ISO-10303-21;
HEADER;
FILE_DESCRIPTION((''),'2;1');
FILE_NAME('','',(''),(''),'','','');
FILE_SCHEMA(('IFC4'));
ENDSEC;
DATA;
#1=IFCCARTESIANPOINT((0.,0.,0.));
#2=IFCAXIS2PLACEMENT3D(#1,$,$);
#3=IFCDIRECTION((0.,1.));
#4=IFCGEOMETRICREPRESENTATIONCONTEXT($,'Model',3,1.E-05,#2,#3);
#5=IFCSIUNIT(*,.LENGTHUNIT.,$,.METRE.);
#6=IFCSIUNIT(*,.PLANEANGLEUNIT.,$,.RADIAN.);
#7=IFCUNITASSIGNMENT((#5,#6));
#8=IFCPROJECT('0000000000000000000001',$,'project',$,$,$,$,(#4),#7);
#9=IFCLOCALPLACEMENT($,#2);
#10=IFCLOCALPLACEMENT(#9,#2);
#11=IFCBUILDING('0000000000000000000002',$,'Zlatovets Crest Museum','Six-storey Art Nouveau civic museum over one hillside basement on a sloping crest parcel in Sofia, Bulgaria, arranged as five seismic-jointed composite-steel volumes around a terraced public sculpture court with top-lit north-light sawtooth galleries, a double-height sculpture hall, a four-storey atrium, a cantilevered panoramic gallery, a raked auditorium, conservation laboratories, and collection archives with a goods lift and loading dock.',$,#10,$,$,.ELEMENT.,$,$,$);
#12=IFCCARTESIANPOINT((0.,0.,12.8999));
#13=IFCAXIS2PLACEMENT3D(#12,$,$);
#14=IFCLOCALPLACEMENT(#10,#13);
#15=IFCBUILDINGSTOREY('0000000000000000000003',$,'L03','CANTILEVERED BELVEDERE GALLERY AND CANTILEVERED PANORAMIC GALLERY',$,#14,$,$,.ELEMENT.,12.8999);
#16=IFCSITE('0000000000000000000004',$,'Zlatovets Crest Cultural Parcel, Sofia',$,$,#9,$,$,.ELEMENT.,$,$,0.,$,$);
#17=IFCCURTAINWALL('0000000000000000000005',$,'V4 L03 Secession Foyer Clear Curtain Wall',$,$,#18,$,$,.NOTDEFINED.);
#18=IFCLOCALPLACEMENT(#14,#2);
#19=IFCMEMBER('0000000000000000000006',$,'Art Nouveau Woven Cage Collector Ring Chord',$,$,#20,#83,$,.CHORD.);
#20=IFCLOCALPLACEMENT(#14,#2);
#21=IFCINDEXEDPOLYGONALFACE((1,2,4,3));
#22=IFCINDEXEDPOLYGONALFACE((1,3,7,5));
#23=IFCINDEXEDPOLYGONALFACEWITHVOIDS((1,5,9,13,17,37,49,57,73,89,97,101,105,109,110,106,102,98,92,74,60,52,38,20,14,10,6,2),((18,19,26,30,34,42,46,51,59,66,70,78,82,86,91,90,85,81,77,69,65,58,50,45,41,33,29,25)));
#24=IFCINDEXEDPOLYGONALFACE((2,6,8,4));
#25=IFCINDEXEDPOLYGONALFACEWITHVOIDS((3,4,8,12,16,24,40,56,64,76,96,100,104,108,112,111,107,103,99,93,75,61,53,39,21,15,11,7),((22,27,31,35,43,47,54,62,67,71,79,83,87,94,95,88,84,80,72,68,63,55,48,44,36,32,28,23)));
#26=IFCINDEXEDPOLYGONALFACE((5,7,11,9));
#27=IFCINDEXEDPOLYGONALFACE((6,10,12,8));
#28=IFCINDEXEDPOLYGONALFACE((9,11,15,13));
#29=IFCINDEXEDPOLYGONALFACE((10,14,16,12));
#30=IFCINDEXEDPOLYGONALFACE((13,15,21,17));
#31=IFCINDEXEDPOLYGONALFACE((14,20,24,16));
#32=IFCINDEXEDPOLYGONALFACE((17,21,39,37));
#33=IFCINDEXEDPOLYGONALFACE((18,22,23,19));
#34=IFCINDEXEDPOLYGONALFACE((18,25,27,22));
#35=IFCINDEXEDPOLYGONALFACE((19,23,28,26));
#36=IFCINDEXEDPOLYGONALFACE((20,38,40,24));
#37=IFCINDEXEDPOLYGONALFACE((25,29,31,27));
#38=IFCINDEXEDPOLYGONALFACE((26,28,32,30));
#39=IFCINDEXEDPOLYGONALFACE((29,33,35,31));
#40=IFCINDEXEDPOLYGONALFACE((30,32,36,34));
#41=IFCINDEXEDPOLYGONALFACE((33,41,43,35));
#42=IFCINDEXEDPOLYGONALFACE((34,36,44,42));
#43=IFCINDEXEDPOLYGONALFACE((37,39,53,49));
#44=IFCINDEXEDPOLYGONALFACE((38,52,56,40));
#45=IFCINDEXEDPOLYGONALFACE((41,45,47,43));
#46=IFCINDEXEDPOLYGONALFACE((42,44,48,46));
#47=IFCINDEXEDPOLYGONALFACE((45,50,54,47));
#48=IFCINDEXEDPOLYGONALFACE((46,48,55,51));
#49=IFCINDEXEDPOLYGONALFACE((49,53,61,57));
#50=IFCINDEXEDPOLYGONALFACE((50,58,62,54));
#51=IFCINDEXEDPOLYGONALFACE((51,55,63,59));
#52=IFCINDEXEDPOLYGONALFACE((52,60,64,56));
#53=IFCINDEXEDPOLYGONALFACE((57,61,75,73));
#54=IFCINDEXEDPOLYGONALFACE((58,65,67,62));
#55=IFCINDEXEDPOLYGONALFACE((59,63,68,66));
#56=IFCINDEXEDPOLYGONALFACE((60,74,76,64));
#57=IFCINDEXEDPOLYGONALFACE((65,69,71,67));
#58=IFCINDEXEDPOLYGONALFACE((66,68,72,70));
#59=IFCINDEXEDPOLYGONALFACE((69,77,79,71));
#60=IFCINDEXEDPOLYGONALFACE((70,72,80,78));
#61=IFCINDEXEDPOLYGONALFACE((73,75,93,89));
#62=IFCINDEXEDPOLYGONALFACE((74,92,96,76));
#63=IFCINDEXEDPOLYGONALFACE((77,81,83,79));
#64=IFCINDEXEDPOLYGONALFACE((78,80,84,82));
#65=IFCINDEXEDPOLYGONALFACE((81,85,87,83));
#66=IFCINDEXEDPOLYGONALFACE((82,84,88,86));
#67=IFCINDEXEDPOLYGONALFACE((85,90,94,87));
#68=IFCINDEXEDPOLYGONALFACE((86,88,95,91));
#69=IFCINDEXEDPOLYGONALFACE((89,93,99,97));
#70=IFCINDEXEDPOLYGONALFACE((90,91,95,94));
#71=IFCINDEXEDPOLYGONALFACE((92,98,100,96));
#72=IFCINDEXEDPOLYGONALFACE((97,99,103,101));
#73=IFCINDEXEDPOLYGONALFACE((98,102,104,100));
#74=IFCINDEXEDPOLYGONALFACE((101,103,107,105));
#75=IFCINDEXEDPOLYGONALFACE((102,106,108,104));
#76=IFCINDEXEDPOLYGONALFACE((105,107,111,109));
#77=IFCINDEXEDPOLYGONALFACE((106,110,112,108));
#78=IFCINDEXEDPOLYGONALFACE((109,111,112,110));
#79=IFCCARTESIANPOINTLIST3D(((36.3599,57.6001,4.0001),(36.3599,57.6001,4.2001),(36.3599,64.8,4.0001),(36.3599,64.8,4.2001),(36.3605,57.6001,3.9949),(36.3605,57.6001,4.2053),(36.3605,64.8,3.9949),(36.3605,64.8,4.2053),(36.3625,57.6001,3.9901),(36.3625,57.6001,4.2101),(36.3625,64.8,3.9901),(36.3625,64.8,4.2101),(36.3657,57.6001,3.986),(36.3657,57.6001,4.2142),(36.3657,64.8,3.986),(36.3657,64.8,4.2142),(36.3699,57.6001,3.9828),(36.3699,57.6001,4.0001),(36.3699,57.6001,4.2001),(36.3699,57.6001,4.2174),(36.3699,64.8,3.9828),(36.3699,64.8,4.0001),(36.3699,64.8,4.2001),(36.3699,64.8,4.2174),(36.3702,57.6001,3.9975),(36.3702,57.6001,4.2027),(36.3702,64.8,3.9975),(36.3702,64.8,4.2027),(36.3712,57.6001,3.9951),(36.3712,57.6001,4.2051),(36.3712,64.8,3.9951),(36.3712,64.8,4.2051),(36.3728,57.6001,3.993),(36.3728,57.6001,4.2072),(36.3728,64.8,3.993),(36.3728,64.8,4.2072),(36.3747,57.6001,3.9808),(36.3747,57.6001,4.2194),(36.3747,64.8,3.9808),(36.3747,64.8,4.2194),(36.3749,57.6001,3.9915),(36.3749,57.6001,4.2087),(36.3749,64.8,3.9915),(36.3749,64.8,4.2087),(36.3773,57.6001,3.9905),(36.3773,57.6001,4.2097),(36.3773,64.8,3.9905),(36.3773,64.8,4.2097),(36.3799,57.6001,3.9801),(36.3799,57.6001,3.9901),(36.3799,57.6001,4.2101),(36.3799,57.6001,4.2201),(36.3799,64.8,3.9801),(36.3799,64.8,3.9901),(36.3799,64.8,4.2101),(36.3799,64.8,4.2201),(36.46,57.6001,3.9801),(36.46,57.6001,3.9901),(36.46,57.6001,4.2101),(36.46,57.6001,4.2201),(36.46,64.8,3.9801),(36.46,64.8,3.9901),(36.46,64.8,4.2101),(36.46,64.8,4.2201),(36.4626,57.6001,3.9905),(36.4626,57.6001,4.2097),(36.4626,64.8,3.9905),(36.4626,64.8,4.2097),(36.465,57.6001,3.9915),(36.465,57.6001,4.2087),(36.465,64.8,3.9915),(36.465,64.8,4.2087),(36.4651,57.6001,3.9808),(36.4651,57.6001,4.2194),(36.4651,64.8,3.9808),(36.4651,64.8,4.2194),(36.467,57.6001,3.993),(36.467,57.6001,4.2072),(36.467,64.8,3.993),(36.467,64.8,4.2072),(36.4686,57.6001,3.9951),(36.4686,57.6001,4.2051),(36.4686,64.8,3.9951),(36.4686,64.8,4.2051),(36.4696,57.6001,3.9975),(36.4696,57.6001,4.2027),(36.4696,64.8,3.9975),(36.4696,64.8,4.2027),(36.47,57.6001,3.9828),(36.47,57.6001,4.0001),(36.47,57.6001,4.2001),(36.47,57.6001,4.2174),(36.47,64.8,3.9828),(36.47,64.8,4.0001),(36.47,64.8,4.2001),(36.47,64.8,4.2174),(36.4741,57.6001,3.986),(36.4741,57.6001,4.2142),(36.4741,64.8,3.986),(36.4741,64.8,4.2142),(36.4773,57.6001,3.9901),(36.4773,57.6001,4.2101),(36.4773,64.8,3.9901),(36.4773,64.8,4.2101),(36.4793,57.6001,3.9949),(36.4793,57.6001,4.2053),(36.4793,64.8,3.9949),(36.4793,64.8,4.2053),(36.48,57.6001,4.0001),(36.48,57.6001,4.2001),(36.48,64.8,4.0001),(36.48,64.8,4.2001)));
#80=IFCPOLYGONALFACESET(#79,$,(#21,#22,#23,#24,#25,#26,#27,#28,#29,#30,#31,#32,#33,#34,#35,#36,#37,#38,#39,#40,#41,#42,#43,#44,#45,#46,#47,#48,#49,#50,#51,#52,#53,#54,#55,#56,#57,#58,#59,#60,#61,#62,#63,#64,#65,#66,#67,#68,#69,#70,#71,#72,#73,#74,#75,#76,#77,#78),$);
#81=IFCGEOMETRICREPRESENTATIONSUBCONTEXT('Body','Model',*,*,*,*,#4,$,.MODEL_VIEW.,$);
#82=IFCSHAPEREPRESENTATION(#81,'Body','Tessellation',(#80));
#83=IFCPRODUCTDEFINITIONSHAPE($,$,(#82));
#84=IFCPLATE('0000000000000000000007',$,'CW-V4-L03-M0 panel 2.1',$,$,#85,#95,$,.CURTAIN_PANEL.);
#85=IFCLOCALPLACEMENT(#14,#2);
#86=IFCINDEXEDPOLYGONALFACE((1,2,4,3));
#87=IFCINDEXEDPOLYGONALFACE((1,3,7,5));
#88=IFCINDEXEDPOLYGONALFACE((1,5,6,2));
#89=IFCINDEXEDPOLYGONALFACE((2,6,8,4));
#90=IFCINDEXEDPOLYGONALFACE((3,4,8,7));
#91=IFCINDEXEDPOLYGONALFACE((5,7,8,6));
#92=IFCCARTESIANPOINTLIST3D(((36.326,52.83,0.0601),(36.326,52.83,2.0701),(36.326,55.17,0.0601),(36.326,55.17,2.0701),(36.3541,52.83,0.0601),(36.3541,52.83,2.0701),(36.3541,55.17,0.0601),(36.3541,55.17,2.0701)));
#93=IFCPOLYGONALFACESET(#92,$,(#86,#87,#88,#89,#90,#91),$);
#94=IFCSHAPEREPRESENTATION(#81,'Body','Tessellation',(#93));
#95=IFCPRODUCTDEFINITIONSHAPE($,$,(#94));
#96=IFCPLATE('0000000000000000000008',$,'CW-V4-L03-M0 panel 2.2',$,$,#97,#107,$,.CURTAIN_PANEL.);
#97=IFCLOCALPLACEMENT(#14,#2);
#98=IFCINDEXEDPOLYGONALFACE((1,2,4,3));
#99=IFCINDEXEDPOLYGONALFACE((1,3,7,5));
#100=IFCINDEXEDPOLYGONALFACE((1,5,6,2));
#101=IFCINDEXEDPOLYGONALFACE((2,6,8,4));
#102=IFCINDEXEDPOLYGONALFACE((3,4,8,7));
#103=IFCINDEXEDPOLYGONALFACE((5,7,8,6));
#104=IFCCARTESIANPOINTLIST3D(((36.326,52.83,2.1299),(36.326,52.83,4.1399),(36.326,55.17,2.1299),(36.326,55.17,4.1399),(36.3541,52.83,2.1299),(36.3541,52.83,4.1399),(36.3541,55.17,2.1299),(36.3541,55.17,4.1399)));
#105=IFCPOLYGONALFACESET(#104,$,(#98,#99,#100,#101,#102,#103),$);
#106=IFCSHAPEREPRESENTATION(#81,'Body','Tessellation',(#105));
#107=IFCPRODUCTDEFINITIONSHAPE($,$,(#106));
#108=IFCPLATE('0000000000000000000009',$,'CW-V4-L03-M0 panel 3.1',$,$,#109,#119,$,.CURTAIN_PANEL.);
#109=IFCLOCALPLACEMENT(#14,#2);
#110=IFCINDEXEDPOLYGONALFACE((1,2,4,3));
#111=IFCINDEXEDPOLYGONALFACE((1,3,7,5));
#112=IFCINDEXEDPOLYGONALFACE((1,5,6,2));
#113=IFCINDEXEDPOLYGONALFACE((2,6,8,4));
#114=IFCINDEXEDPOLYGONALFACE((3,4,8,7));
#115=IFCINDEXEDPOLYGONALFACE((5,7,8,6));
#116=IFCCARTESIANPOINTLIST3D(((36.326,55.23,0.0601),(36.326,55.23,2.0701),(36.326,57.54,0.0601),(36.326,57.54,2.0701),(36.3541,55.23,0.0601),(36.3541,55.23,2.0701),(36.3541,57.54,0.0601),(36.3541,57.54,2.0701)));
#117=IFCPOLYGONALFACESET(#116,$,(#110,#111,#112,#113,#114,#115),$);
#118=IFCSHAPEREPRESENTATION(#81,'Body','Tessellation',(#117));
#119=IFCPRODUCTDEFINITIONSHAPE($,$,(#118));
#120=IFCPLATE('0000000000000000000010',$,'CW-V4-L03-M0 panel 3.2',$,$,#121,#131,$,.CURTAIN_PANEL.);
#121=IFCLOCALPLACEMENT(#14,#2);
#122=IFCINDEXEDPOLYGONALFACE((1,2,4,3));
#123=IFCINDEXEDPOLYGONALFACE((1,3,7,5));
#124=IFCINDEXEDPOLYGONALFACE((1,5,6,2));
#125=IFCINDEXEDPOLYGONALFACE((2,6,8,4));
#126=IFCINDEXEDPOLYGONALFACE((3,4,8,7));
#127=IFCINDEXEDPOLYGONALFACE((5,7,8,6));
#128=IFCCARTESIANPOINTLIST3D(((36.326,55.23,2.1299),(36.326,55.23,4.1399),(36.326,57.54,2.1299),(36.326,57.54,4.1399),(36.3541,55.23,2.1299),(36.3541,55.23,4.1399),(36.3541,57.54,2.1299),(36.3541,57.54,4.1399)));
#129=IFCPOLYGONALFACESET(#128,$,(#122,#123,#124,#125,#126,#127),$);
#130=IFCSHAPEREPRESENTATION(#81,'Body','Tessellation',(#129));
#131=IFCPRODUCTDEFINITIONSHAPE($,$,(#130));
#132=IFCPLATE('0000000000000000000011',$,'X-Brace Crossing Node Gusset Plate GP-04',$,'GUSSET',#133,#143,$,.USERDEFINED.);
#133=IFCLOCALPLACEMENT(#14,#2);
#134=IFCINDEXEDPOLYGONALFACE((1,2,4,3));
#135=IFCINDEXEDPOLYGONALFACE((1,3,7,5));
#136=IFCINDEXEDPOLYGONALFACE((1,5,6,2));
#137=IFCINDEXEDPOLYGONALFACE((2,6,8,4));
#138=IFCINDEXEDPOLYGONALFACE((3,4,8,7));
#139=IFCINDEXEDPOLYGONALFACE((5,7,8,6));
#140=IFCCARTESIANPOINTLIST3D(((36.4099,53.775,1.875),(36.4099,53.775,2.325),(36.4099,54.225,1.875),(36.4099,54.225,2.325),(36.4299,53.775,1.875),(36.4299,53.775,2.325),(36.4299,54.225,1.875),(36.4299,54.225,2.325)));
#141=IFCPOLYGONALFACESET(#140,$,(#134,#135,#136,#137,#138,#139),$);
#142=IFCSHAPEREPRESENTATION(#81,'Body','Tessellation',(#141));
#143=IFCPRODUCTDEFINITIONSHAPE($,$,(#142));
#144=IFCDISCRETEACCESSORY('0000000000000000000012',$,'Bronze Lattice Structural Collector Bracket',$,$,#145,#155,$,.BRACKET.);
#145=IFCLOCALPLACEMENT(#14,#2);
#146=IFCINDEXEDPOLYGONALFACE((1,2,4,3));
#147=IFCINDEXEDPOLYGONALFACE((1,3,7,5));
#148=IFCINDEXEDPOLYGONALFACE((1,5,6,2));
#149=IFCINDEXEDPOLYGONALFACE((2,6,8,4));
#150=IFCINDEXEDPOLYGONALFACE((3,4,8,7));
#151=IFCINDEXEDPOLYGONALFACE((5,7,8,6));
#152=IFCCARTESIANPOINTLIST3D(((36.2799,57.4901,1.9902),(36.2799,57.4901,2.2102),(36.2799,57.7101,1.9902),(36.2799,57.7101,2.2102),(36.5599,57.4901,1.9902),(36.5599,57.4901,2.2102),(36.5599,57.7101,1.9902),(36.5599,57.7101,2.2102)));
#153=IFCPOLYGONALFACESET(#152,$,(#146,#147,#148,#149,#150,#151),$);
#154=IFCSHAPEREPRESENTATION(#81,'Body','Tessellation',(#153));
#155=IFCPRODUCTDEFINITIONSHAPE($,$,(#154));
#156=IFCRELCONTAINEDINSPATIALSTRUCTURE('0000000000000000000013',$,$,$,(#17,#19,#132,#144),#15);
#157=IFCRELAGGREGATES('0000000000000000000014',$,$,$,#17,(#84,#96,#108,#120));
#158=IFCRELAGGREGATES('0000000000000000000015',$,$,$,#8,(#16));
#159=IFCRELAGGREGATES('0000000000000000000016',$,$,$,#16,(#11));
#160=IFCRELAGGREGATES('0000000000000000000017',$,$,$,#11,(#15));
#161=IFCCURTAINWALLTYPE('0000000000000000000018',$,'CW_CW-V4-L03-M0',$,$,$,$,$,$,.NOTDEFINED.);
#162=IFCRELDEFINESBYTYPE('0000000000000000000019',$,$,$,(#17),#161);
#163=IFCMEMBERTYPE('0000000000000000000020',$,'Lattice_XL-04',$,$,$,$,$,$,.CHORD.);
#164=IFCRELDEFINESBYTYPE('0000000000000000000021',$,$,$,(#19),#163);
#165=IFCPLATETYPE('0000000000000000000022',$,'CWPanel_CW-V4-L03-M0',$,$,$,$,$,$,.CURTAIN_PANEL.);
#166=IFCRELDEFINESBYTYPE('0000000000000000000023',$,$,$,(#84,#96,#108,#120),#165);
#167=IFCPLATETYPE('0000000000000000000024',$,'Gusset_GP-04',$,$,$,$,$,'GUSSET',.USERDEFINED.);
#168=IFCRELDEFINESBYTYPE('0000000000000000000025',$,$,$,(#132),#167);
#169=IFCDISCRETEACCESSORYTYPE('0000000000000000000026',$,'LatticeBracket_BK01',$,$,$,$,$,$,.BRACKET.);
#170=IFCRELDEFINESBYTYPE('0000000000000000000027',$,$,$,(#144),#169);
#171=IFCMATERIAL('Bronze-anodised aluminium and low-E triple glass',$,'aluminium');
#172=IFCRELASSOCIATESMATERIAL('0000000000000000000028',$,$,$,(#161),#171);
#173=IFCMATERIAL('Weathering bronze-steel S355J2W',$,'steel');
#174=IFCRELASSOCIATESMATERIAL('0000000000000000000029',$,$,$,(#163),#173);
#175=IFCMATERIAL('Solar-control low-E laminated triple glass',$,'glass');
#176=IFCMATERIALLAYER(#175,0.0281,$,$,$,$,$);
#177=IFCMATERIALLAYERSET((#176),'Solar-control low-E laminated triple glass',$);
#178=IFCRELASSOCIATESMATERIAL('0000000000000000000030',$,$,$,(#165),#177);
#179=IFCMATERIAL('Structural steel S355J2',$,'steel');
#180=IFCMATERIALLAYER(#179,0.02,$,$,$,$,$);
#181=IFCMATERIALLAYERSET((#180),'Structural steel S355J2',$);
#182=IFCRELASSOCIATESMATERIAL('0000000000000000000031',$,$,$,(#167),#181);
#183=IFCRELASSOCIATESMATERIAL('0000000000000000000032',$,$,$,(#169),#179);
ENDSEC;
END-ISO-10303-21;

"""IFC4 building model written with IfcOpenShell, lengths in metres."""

from ifc_helpers import new_model, si_unit, direction, frame, origin, origin_2d, place, context, subcontext, project, spatial, rectangle, hollow_rectangle, extrude, material, layer, layer_set, material_profile, profile_set, type_object, element, aggregate, save


model = new_model("IFC4")

# Units and contexts
model_context = context("Model", 3, precision=1e-05, world=origin(), true_north=direction((0.0, 1.0)))
body_context = subcontext(model_context, "Body", "Model", "MODEL_VIEW")
ifc_project = project(units=[si_unit("LENGTHUNIT", "METRE"), si_unit("PLANEANGLEUNIT", "RADIAN")], contexts=[model_context])

# Site, building, storey
site_placement = place(None, origin())
site = spatial("IfcSite", under=ifc_project, at=site_placement, Name="Zlatovets Crest Cultural Parcel, Sofia", CompositionType="ELEMENT", RefElevation=0.0)
building_placement = place(site_placement, origin())
building = spatial("IfcBuilding", under=site, at=building_placement, Name="Zlatovets Crest Museum", Description="Six-storey Art Nouveau civic museum over one hillside basement on a sloping crest parcel in Sofia, Bulgaria, arranged as five seismic-jointed composite-steel volumes around a terraced public sculpture court with top-lit north-light sawtooth galleries, a double-height sculpture hall, a four-storey atrium, a cantilevered panoramic gallery, a raked auditorium, conservation laboratories, and collection archives with a goods lift and loading dock.", CompositionType="ELEMENT")
storey_placement = place(building_placement, frame((0.0, 0.0, 12.8999)))
storey = spatial("IfcBuildingStorey", under=building, at=storey_placement, Name="L03", Description="CANTILEVERED BELVEDERE GALLERY AND CANTILEVERED PANORAMIC GALLERY", CompositionType="ELEMENT", Elevation=12.8999)

# Shared definitions
ifc_material_1 = material(Name="Structural steel S355J2", Category="steel")

# Curtain wall
ifc_material_2 = material(Name="Bronze-anodised aluminium and low-E triple glass", Category="aluminium")
curtain_wall_type_1 = type_object("IfcCurtainWallType", Name="CW_CW-V4-L03-M0", PredefinedType="NOTDEFINED", material=ifc_material_2)
curtain_wall_1_placement = place(storey_placement, origin())
curtain_wall_1 = element("IfcCurtainWall", 1, at=curtain_wall_1_placement, inside=storey, type_object=curtain_wall_type_1, Name="V4 L03 Secession Foyer Clear Curtain Wall", PredefinedType="NOTDEFINED")

# Member
ifc_material_3 = material(Name="Weathering bronze-steel S355J2W", Category="steel")
ifc_material_profile_1 = material_profile(ifc_material_3, hollow_rectangle(XDim=0.1201, YDim=0.24, WallThickness=0.01, InnerFilletRadius=0.01, OuterFilletRadius=0.02, at=origin_2d()), Name="RHS 120x240x10.0")
ifc_profile_set_1 = profile_set([ifc_material_profile_1], Name="Weathering bronze-steel S355J2W")
member_type_1 = type_object("IfcMemberType", Name="Lattice_XL-04", PredefinedType="CHORD", material=ifc_profile_set_1)
member_1_placement = place(storey_placement, frame((36.4199, 57.6001, 4.1001), z_axis=(0.0, 1.0, 0.0), x_axis=(-1.0, 0.0, 0.0)))
element("IfcMember", 2, at=member_1_placement, inside=storey, type_object=member_type_1, Name="Art Nouveau Woven Cage Collector Ring Chord", PredefinedType="CHORD", context=body_context, shape_type="SweptSolid", body=[
    extrude(hollow_rectangle(XDim=0.1201, YDim=0.24, WallThickness=0.01, InnerFilletRadius=0.01, OuterFilletRadius=0.02, at=origin_2d()), origin(), (0.0, 0.0, 1.0), 7.2),
])

# Plates
ifc_material_4 = material(Name="Solar-control low-E laminated triple glass", Category="glass")
ifc_layer_1 = layer(ifc_material_4, 0.0281)
ifc_layer_set_1 = layer_set([ifc_layer_1], Name="Solar-control low-E laminated triple glass")
plate_type_1 = type_object("IfcPlateType", Name="CWPanel_CW-V4-L03-M0", PredefinedType="CURTAIN_PANEL", material=ifc_layer_set_1)
plate_1_placement = place(storey_placement, frame((36.3401, 54.0, 0.0601), z_axis=(0.0, 0.0, 1.0), x_axis=(0.0, 1.0, 0.0)))
plate_1 = element("IfcPlate", 3, at=plate_1_placement, type_object=plate_type_1, Name="CW-V4-L03-M0 panel 2.1", PredefinedType="CURTAIN_PANEL", context=body_context, shape_type="SweptSolid", body=[
    extrude(rectangle(XDim=2.3401, YDim=0.0281, at=origin_2d()), origin(), (0.0, 0.0, 1.0), 2.01),
])
plate_2_placement = place(storey_placement, frame((36.3401, 54.0, 2.1299), z_axis=(0.0, 0.0, 1.0), x_axis=(0.0, 1.0, 0.0)))
plate_2 = element("IfcPlate", 4, at=plate_2_placement, type_object=plate_type_1, Name="CW-V4-L03-M0 panel 2.2", PredefinedType="CURTAIN_PANEL", context=body_context, shape_type="SweptSolid", body=[
    extrude(rectangle(XDim=2.3401, YDim=0.0281, at=origin_2d()), origin(), (0.0, 0.0, 1.0), 2.01),
])
plate_3_placement = place(storey_placement, frame((36.3401, 56.385, 0.0601), z_axis=(0.0, 0.0, 1.0), x_axis=(0.0, 1.0, 0.0)))
plate_3 = element("IfcPlate", 5, at=plate_3_placement, type_object=plate_type_1, Name="CW-V4-L03-M0 panel 3.1", PredefinedType="CURTAIN_PANEL", context=body_context, shape_type="SweptSolid", body=[
    extrude(rectangle(XDim=2.3101, YDim=0.0281, at=origin_2d()), origin(), (0.0, 0.0, 1.0), 2.01),
])
plate_4_placement = place(storey_placement, frame((36.3401, 56.385, 2.1299), z_axis=(0.0, 0.0, 1.0), x_axis=(0.0, 1.0, 0.0)))
plate_4 = element("IfcPlate", 6, at=plate_4_placement, type_object=plate_type_1, Name="CW-V4-L03-M0 panel 3.2", PredefinedType="CURTAIN_PANEL", context=body_context, shape_type="SweptSolid", body=[
    extrude(rectangle(XDim=2.3101, YDim=0.0281, at=origin_2d()), origin(), (0.0, 0.0, 1.0), 2.01),
])
aggregate(curtain_wall_1, [plate_1, plate_2, plate_3, plate_4])
ifc_layer_2 = layer(ifc_material_1, 0.02)
ifc_layer_set_2 = layer_set([ifc_layer_2], Name="Structural steel S355J2")
plate_type_2 = type_object("IfcPlateType", Name="Gusset_GP-04", ElementType="GUSSET", PredefinedType="USERDEFINED", material=ifc_layer_set_2)
plate_5_placement = place(storey_placement, frame((36.4199, 54.0, 1.875), z_axis=(0.0, 0.0, 1.0), x_axis=(1.0, 0.0, 0.0)))
element("IfcPlate", 7, at=plate_5_placement, inside=storey, type_object=plate_type_2, Name="X-Brace Crossing Node Gusset Plate GP-04", ObjectType="GUSSET", PredefinedType="USERDEFINED", context=body_context, shape_type="SweptSolid", body=[
    extrude(rectangle(XDim=0.02, YDim=0.45, at=origin_2d()), origin(), (0.0, 0.0, 1.0), 0.45),
])

# Discrete accessory
discrete_accessory_type = type_object("IfcDiscreteAccessoryType", Name="LatticeBracket_BK01", PredefinedType="BRACKET", material=ifc_material_1)
discrete_accessory_placement = place(storey_placement, frame((36.4199, 57.6001, 1.9902), z_axis=(0.0, 0.0, 1.0), x_axis=(1.0, 0.0, 0.0)))
element("IfcDiscreteAccessory", 8, at=discrete_accessory_placement, inside=storey, type_object=discrete_accessory_type, Name="Bronze Lattice Structural Collector Bracket", PredefinedType="BRACKET", context=body_context, shape_type="SweptSolid", body=[
    extrude(rectangle(XDim=0.28, YDim=0.22, at=origin_2d()), origin(), (0.0, 0.0, 1.0), 0.22),
])

save(model, "model.ifc")
